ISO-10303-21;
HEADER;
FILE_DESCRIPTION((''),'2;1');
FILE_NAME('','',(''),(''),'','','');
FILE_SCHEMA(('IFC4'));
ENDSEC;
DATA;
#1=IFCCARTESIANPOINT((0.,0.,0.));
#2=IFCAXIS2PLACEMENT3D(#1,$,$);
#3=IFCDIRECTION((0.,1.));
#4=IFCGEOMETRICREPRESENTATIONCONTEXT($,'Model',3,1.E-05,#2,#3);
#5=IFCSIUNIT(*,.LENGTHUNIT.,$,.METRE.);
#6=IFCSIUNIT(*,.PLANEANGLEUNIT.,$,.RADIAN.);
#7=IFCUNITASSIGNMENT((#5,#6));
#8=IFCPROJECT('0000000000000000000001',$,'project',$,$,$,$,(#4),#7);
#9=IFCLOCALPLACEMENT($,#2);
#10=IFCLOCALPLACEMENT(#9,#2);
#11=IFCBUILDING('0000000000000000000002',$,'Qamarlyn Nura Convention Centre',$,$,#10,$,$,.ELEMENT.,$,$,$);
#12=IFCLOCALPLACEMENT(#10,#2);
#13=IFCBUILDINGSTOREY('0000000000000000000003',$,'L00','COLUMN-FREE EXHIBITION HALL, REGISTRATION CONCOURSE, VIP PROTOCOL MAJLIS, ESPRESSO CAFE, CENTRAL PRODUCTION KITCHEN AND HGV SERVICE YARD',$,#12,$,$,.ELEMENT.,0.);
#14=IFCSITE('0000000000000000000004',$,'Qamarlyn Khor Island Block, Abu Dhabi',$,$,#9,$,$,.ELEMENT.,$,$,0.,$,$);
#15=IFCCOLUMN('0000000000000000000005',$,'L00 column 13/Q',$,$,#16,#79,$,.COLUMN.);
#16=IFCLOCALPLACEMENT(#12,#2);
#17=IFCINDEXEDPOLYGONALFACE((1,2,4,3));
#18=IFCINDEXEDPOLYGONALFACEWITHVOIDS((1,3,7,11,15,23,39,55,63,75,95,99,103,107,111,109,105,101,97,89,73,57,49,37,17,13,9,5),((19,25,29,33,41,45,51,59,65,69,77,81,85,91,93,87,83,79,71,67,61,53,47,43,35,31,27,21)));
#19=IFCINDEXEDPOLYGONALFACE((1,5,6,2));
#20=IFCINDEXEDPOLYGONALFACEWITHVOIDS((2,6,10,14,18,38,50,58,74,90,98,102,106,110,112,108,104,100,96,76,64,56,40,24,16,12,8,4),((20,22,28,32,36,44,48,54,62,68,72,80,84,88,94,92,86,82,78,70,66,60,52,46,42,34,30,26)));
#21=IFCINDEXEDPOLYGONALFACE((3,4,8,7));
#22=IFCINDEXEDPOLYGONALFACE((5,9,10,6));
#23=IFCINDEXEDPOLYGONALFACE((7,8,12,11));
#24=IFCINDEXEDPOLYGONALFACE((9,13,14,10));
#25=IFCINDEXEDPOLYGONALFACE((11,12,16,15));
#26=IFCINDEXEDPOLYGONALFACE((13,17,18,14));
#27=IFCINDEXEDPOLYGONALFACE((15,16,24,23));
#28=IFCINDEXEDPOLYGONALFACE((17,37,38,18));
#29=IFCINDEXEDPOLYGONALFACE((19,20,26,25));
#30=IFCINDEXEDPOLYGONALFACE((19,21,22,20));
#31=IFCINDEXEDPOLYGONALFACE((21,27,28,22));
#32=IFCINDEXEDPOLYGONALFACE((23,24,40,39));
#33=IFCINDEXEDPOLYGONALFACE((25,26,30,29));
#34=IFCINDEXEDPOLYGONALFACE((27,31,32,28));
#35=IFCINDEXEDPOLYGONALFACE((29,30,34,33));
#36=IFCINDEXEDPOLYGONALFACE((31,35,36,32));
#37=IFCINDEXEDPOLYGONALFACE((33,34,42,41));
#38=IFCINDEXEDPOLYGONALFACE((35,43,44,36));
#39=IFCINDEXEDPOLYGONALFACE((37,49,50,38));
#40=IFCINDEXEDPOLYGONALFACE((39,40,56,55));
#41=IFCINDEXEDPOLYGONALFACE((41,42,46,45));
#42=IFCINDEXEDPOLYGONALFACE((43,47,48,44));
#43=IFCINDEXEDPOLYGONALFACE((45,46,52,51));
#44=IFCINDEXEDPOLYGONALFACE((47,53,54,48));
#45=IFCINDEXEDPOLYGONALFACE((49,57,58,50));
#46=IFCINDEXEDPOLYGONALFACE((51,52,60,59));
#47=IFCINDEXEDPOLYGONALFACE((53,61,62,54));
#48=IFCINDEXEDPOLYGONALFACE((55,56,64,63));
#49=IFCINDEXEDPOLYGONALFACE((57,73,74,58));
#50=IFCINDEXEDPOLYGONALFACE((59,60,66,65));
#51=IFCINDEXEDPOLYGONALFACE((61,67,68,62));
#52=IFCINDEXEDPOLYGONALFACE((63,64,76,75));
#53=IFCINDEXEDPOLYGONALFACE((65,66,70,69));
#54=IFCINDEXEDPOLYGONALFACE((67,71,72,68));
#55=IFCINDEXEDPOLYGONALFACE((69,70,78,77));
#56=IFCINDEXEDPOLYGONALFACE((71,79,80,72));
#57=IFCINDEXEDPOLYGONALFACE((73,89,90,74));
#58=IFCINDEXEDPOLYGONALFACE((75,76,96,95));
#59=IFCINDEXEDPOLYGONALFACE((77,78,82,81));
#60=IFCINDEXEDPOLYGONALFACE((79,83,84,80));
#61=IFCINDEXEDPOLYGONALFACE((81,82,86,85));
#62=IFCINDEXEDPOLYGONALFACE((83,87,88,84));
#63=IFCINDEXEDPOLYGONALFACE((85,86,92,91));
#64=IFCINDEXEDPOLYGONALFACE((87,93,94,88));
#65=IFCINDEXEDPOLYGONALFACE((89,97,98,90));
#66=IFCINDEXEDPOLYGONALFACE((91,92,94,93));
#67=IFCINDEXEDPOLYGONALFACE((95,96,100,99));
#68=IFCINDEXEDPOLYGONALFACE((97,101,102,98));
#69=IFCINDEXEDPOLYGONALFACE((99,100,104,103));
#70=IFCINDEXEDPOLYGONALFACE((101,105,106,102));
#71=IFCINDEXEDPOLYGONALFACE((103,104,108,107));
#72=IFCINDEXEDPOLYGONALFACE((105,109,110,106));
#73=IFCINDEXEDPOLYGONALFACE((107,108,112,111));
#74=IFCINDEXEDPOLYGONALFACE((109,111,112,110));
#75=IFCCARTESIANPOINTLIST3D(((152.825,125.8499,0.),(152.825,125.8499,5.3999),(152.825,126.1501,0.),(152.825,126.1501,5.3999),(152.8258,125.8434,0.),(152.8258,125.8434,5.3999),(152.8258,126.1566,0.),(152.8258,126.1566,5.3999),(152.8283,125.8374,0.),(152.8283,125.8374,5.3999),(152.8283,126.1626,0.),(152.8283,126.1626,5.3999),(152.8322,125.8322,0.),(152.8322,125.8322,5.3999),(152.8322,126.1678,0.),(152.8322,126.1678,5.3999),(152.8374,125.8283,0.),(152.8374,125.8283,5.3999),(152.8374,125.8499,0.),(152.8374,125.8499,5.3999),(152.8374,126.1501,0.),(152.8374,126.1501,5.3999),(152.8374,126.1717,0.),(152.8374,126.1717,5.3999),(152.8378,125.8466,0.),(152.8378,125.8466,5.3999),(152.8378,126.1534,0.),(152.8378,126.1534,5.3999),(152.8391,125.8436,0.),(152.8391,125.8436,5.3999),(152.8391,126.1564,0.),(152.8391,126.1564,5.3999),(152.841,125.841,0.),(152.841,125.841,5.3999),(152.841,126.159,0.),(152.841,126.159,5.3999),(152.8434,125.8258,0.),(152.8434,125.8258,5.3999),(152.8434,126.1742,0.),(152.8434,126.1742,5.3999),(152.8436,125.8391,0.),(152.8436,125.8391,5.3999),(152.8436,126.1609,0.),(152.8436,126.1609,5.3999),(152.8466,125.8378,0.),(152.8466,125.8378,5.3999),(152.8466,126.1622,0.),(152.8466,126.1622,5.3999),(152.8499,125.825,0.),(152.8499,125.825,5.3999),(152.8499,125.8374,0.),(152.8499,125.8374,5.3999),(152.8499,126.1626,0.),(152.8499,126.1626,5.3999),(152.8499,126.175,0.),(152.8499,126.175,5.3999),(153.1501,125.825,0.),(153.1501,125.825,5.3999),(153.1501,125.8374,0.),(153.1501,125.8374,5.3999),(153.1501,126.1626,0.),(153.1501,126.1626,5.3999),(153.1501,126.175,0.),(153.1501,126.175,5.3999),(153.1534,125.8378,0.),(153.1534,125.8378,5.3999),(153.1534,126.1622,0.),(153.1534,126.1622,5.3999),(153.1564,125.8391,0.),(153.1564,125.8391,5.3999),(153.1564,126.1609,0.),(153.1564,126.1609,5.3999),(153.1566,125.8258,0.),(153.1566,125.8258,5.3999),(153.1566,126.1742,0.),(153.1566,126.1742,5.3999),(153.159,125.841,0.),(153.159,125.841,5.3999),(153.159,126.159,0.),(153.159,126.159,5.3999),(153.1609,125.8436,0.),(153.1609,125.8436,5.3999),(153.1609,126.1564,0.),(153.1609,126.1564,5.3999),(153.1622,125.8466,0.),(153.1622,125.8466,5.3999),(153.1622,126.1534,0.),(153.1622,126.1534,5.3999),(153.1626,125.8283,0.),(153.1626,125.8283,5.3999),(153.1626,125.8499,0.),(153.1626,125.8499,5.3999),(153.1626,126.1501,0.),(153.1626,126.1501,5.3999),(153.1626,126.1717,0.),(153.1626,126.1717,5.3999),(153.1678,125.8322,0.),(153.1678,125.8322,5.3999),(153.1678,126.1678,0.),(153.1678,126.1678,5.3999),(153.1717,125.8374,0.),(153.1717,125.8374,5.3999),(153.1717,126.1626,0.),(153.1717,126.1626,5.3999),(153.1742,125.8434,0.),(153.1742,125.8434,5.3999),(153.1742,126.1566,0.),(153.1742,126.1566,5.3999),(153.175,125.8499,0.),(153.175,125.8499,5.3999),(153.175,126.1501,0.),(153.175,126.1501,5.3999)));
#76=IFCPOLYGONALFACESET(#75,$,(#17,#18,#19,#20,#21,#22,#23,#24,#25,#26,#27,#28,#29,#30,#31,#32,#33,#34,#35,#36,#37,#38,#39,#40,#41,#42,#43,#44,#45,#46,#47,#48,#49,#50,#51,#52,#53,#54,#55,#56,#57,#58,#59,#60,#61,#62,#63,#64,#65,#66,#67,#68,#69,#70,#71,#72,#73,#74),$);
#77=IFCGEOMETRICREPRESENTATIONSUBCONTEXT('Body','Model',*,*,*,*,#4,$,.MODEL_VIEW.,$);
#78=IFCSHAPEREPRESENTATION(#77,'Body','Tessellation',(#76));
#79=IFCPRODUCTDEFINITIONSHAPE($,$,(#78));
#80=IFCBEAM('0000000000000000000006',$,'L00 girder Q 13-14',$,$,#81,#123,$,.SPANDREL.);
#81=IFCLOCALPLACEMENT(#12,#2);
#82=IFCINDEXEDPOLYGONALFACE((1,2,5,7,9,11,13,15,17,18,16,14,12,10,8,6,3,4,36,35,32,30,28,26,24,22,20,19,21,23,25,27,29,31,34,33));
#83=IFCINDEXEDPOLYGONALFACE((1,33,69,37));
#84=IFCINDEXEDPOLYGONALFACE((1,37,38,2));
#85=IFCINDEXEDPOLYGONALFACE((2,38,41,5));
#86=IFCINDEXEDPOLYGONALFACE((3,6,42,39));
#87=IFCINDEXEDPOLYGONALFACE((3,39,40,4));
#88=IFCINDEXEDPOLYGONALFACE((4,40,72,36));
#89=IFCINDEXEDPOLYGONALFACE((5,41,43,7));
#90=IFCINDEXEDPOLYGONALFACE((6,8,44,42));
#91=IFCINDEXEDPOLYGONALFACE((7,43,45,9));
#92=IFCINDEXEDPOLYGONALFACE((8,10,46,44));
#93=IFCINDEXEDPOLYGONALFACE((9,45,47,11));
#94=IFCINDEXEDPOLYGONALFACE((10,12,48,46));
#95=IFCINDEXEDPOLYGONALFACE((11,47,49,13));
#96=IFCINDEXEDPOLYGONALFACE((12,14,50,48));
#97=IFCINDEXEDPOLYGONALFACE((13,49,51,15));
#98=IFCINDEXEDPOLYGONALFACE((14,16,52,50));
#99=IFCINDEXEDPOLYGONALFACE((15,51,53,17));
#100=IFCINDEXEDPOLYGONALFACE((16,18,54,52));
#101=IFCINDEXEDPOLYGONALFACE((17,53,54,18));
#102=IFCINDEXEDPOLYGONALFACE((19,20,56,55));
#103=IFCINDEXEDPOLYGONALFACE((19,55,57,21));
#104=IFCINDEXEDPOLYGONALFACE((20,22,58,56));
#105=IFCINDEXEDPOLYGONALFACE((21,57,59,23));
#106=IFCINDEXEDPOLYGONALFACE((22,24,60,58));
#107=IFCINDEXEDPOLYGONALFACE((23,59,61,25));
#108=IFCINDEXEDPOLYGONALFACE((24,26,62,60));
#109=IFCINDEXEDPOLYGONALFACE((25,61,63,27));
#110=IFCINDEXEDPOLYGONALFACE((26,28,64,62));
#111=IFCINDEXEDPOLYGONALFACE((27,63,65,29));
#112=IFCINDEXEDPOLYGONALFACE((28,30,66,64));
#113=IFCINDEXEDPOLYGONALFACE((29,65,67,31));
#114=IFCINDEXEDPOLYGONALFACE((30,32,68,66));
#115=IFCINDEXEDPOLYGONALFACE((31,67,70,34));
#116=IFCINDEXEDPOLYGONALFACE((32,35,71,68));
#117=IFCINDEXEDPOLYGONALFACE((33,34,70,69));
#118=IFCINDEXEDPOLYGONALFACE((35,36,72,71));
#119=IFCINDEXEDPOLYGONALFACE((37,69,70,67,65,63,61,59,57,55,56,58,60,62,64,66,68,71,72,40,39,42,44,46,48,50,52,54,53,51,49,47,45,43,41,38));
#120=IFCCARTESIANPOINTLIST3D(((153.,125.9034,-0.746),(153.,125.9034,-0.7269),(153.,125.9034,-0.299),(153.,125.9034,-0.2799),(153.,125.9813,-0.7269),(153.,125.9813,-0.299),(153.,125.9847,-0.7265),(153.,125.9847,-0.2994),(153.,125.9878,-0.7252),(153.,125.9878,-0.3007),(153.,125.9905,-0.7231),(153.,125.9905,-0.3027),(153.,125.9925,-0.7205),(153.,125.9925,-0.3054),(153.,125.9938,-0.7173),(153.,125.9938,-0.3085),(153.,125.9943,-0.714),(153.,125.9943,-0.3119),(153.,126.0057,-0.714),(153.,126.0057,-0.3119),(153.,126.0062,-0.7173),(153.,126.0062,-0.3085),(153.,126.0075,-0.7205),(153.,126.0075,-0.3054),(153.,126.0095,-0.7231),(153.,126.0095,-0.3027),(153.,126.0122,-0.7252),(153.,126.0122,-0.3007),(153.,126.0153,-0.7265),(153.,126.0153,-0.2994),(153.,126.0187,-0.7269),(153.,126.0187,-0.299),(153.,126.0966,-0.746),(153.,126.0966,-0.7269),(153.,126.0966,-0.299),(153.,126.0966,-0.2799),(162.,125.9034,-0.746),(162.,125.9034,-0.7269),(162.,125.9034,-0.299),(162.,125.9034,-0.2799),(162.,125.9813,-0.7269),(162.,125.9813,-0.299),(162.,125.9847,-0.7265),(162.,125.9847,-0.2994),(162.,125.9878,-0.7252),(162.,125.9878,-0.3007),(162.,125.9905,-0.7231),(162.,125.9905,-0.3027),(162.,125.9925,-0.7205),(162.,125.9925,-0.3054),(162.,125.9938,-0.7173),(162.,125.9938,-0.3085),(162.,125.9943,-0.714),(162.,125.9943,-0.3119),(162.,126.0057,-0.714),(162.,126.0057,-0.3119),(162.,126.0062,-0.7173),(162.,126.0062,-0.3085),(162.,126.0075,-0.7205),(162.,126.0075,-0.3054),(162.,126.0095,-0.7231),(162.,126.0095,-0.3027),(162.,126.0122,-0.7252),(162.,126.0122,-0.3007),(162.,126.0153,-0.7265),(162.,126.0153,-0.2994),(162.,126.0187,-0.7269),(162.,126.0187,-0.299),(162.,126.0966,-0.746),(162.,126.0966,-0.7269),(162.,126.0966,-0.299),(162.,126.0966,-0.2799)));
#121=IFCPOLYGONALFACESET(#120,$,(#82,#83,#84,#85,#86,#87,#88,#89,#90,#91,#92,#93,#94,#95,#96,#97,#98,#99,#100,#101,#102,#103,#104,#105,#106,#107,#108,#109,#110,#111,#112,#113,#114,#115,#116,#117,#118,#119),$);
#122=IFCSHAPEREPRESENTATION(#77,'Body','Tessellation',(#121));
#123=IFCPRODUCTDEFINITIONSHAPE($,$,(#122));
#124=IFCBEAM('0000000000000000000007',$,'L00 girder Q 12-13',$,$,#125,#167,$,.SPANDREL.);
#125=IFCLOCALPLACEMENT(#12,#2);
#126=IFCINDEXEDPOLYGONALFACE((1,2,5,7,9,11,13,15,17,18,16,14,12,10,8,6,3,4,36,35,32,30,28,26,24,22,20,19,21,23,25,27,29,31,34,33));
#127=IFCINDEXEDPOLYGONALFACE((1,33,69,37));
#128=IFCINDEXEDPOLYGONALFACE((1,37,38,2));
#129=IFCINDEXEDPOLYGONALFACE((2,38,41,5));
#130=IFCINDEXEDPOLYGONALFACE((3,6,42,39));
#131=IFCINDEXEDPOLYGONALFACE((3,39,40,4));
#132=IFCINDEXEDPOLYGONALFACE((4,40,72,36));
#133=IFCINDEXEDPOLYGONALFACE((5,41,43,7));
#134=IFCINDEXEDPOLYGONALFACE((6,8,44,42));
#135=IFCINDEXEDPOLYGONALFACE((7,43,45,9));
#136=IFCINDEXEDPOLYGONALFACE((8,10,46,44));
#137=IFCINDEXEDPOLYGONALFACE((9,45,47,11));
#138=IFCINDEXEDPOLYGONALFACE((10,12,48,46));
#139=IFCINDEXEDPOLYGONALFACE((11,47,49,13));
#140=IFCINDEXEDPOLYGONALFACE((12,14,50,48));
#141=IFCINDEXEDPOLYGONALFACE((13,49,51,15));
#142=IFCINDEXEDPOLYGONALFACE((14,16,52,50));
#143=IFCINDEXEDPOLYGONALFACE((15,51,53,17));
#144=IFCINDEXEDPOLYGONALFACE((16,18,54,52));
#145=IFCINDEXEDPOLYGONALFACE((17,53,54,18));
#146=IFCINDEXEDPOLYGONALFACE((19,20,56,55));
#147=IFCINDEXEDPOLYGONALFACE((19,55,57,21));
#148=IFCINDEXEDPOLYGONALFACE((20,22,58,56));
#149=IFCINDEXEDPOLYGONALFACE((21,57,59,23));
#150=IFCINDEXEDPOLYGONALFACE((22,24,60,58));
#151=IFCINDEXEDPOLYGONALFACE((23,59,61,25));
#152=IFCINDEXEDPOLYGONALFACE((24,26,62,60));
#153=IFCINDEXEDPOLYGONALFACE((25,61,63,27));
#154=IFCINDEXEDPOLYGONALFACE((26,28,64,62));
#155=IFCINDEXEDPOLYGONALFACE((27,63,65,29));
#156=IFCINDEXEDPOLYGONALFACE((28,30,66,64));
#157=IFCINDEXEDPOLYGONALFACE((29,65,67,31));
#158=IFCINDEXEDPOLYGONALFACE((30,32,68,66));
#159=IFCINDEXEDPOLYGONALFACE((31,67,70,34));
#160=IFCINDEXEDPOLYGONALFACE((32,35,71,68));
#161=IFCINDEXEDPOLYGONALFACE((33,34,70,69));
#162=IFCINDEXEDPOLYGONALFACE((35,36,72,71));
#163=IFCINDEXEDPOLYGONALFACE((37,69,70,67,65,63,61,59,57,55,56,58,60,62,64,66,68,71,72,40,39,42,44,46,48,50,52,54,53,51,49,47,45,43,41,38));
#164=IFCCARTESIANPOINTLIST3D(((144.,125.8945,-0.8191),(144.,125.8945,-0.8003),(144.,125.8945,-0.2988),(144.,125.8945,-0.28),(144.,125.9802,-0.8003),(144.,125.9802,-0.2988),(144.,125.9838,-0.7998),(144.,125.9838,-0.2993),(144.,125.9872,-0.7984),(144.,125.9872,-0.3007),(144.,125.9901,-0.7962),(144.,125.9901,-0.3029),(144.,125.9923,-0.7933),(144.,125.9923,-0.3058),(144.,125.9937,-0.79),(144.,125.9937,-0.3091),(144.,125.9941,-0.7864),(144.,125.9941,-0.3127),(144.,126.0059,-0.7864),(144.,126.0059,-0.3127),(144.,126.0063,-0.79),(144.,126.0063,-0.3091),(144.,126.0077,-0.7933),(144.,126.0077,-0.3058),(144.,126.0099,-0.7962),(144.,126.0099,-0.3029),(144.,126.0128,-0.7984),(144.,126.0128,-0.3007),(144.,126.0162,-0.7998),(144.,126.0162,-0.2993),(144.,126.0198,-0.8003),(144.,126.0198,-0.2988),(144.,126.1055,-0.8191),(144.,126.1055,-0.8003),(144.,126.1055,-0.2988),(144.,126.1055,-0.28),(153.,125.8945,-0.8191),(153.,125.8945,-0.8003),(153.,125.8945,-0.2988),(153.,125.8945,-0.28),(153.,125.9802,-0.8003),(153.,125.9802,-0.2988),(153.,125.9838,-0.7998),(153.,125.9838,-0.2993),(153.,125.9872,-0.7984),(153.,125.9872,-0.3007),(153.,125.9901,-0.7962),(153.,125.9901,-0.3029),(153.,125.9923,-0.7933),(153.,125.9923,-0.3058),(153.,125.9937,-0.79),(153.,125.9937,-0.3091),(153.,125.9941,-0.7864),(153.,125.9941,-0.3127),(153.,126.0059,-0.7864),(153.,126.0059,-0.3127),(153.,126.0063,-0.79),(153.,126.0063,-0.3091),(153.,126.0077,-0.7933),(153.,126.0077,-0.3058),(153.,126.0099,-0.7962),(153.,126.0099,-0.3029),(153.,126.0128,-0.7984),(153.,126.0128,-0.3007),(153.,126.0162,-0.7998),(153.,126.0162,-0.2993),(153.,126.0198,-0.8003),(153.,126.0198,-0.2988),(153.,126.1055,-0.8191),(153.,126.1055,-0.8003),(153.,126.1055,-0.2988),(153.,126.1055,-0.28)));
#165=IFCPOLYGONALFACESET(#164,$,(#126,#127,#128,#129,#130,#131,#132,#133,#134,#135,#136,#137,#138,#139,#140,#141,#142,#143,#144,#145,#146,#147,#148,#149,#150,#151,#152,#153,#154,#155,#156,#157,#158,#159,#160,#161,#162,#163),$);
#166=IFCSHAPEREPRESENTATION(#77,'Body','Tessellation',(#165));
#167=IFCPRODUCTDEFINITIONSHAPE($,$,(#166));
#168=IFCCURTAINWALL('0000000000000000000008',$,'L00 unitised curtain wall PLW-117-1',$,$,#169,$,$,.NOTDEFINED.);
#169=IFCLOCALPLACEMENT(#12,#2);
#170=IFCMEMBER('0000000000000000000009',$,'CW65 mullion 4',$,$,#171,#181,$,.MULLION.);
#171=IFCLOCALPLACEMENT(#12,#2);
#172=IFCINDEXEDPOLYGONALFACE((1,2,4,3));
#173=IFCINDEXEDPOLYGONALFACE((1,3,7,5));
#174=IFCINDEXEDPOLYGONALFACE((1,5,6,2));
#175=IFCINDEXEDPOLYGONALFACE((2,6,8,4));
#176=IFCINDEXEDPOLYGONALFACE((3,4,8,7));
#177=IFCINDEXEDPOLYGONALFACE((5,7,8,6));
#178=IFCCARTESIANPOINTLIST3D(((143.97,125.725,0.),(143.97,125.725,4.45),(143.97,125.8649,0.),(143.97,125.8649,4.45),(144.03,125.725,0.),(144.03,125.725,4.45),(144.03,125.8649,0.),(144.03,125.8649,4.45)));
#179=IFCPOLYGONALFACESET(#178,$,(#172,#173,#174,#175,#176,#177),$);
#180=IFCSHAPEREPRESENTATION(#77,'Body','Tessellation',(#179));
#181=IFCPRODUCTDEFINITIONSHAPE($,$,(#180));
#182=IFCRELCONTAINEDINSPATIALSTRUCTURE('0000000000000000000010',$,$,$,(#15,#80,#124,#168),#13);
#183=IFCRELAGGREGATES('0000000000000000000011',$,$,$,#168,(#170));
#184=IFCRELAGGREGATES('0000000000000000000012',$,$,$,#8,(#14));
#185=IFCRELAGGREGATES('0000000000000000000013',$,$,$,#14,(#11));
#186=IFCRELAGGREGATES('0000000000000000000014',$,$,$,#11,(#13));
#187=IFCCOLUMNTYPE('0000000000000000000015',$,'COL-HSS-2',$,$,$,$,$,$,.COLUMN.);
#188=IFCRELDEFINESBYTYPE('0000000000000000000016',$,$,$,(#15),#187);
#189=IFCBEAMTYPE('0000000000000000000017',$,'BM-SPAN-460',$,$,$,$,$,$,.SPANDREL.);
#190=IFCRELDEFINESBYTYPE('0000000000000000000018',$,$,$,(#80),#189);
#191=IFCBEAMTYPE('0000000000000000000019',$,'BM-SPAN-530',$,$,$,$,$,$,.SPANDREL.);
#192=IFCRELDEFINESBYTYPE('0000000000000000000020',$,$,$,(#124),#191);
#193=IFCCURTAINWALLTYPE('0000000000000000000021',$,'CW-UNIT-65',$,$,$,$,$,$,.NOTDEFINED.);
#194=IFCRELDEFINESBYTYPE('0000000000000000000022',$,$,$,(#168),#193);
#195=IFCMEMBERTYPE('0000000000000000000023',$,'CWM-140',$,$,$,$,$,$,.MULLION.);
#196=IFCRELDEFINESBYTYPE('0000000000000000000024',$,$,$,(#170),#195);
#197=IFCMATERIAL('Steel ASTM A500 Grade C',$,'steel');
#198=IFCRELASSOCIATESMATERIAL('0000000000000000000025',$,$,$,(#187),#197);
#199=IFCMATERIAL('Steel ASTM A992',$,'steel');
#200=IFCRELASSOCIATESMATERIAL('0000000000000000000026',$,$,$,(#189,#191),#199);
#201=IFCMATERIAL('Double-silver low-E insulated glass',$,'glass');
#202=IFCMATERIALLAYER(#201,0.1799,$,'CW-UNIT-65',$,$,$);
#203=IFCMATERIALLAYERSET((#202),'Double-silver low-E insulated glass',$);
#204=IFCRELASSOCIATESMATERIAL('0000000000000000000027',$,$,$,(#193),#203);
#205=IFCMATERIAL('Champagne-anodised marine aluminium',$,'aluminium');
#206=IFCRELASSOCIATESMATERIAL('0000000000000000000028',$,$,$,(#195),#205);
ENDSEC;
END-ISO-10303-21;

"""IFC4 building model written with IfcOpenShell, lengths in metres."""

from ifc_helpers import new_model, si_unit, direction, frame, origin, origin_2d, place, context, subcontext, project, spatial, rectangle, hollow_rectangle, i_section, extrude, material, layer, layer_set, material_profile, profile_set, type_object, element, aggregate, save


model = new_model("IFC4")

# Units and contexts
model_context = context("Model", 3, precision=1e-05, world=origin(), true_north=direction((0.0, 1.0)))
body_context = subcontext(model_context, "Body", "Model", "MODEL_VIEW")
ifc_project = project(units=[si_unit("LENGTHUNIT", "METRE"), si_unit("PLANEANGLEUNIT", "RADIAN")], contexts=[model_context])

# Site, building, storey
site_placement = place(None, origin())
site = spatial("IfcSite", under=ifc_project, at=site_placement, Name="Qamarlyn Khor Island Block, Abu Dhabi", CompositionType="ELEMENT", RefElevation=0.0)
building_placement = place(site_placement, origin())
building = spatial("IfcBuilding", under=site, at=building_placement, Name="Qamarlyn Nura Convention Centre", CompositionType="ELEMENT")
storey_placement = place(building_placement, origin())
storey = spatial("IfcBuildingStorey", under=building, at=storey_placement, Name="L00", Description="COLUMN-FREE EXHIBITION HALL, REGISTRATION CONCOURSE, VIP PROTOCOL MAJLIS, ESPRESSO CAFE, CENTRAL PRODUCTION KITCHEN AND HGV SERVICE YARD", CompositionType="ELEMENT", Elevation=0.0)

# Column
ifc_material_1 = material(Name="Steel ASTM A500 Grade C", Category="steel")
ifc_material_profile_1 = material_profile(ifc_material_1, hollow_rectangle(XDim=0.3501, YDim=0.3501, WallThickness=0.0125, InnerFilletRadius=0.0125, OuterFilletRadius=0.0249, at=origin_2d()), Name="HSS350X350X12.5")
ifc_profile_set_1 = profile_set([ifc_material_profile_1], Name="Steel ASTM A500 Grade C")
column_type_1 = type_object("IfcColumnType", Name="COL-HSS-2", PredefinedType="COLUMN", material=ifc_profile_set_1)
for number, where, z_axis, x_axis, name in (
    (1, (153.0, 126.0, 0.0), (0.0, 0.0, 1.0), (1.0, 0.0, 0.0), "L00 column 13/Q"),
):
    element("IfcColumn", number, at=place(storey_placement, frame(where, z_axis=z_axis, x_axis=x_axis)), inside=storey, type_object=column_type_1, Name=name, PredefinedType="COLUMN", context=body_context, shape_type="SweptSolid", body=[
        extrude(hollow_rectangle(XDim=0.3501, YDim=0.3501, WallThickness=0.0125, InnerFilletRadius=0.0125, OuterFilletRadius=0.0249, at=origin_2d()), origin(), (0.0, 0.0, 1.0), 5.3999),
    ])

# Beams
ifc_material_2 = material(Name="Steel ASTM A992", Category="steel")
ifc_material_profile_2 = material_profile(ifc_material_2, i_section(OverallWidth=0.1931, OverallDepth=0.4661, WebThickness=0.0115, FlangeThickness=0.019, FilletRadius=0.0129, at=origin_2d()), Name="W460X97")
ifc_profile_set_2 = profile_set([ifc_material_profile_2], Name="Steel ASTM A992")
beam_type_1 = type_object("IfcBeamType", Name="BM-SPAN-460", PredefinedType="SPANDREL", material=ifc_profile_set_2)
beam_1_placement = place(storey_placement, frame((153.0, 126.0, -0.5129), z_axis=(1.0, 0.0, 0.0), x_axis=(0.0, 1.0, 0.0)))
element("IfcBeam", 2, at=beam_1_placement, inside=storey, type_object=beam_type_1, Name="L00 girder Q 13-14", PredefinedType="SPANDREL", context=body_context, shape_type="SweptSolid", body=[
    extrude(i_section(OverallWidth=0.1931, OverallDepth=0.4661, WebThickness=0.0115, FlangeThickness=0.019, FilletRadius=0.0129, at=origin_2d()), origin(), (0.0, 0.0, 1.0), 9.0),
])
ifc_material_profile_3 = material_profile(ifc_material_2, i_section(OverallWidth=0.2109, OverallDepth=0.5391, WebThickness=0.0117, FlangeThickness=0.0188, FilletRadius=0.0139, at=origin_2d()), Name="W530X109")
ifc_profile_set_3 = profile_set([ifc_material_profile_3], Name="Steel ASTM A992")
beam_type_2 = type_object("IfcBeamType", Name="BM-SPAN-530", PredefinedType="SPANDREL", material=ifc_profile_set_3)
beam_2_placement = place(storey_placement, frame((144.0, 126.0, -0.5496), z_axis=(1.0, 0.0, 0.0), x_axis=(0.0, 1.0, 0.0)))
element("IfcBeam", 3, at=beam_2_placement, inside=storey, type_object=beam_type_2, Name="L00 girder Q 12-13", PredefinedType="SPANDREL", context=body_context, shape_type="SweptSolid", body=[
    extrude(i_section(OverallWidth=0.2109, OverallDepth=0.5391, WebThickness=0.0117, FlangeThickness=0.0188, FilletRadius=0.0139, at=origin_2d()), origin(), (0.0, 0.0, 1.0), 9.0),
])

# Curtain wall, member
ifc_material_3 = material(Name="Double-silver low-E insulated glass", Category="glass")
ifc_layer_1 = layer(ifc_material_3, 0.1799, Name="CW-UNIT-65")
ifc_layer_set_1 = layer_set([ifc_layer_1], Name="Double-silver low-E insulated glass")
curtain_wall_type = type_object("IfcCurtainWallType", Name="CW-UNIT-65", PredefinedType="NOTDEFINED", material=ifc_layer_set_1)
curtain_wall_placement = place(storey_placement, origin())
curtain_wall = element("IfcCurtainWall", 4, at=curtain_wall_placement, inside=storey, type_object=curtain_wall_type, Name="L00 unitised curtain wall PLW-117-1", PredefinedType="NOTDEFINED")
ifc_material_4 = material(Name="Champagne-anodised marine aluminium", Category="aluminium")
ifc_material_profile_4 = material_profile(ifc_material_4, rectangle(XDim=0.0601, YDim=0.1399, at=origin_2d()), Name="ALU MULLION 60x140")
ifc_profile_set_4 = profile_set([ifc_material_profile_4], Name="Champagne-anodised marine aluminium")
member_type_1 = type_object("IfcMemberType", Name="CWM-140", PredefinedType="MULLION", material=ifc_profile_set_4)
member_1_placement = place(storey_placement, frame((144.0, 125.7949, 0.0), z_axis=(0.0, 0.0, 1.0), x_axis=(-1.0, 0.0, 0.0)))
member_1 = element("IfcMember", 5, at=member_1_placement, type_object=member_type_1, Name="CW65 mullion 4", PredefinedType="MULLION", context=body_context, shape_type="SweptSolid", body=[
    extrude(rectangle(XDim=0.0601, YDim=0.1399, at=origin_2d()), origin(), (0.0, 0.0, 1.0), 4.45),
])
aggregate(curtain_wall, [member_1])

save(model, "model.ifc")
